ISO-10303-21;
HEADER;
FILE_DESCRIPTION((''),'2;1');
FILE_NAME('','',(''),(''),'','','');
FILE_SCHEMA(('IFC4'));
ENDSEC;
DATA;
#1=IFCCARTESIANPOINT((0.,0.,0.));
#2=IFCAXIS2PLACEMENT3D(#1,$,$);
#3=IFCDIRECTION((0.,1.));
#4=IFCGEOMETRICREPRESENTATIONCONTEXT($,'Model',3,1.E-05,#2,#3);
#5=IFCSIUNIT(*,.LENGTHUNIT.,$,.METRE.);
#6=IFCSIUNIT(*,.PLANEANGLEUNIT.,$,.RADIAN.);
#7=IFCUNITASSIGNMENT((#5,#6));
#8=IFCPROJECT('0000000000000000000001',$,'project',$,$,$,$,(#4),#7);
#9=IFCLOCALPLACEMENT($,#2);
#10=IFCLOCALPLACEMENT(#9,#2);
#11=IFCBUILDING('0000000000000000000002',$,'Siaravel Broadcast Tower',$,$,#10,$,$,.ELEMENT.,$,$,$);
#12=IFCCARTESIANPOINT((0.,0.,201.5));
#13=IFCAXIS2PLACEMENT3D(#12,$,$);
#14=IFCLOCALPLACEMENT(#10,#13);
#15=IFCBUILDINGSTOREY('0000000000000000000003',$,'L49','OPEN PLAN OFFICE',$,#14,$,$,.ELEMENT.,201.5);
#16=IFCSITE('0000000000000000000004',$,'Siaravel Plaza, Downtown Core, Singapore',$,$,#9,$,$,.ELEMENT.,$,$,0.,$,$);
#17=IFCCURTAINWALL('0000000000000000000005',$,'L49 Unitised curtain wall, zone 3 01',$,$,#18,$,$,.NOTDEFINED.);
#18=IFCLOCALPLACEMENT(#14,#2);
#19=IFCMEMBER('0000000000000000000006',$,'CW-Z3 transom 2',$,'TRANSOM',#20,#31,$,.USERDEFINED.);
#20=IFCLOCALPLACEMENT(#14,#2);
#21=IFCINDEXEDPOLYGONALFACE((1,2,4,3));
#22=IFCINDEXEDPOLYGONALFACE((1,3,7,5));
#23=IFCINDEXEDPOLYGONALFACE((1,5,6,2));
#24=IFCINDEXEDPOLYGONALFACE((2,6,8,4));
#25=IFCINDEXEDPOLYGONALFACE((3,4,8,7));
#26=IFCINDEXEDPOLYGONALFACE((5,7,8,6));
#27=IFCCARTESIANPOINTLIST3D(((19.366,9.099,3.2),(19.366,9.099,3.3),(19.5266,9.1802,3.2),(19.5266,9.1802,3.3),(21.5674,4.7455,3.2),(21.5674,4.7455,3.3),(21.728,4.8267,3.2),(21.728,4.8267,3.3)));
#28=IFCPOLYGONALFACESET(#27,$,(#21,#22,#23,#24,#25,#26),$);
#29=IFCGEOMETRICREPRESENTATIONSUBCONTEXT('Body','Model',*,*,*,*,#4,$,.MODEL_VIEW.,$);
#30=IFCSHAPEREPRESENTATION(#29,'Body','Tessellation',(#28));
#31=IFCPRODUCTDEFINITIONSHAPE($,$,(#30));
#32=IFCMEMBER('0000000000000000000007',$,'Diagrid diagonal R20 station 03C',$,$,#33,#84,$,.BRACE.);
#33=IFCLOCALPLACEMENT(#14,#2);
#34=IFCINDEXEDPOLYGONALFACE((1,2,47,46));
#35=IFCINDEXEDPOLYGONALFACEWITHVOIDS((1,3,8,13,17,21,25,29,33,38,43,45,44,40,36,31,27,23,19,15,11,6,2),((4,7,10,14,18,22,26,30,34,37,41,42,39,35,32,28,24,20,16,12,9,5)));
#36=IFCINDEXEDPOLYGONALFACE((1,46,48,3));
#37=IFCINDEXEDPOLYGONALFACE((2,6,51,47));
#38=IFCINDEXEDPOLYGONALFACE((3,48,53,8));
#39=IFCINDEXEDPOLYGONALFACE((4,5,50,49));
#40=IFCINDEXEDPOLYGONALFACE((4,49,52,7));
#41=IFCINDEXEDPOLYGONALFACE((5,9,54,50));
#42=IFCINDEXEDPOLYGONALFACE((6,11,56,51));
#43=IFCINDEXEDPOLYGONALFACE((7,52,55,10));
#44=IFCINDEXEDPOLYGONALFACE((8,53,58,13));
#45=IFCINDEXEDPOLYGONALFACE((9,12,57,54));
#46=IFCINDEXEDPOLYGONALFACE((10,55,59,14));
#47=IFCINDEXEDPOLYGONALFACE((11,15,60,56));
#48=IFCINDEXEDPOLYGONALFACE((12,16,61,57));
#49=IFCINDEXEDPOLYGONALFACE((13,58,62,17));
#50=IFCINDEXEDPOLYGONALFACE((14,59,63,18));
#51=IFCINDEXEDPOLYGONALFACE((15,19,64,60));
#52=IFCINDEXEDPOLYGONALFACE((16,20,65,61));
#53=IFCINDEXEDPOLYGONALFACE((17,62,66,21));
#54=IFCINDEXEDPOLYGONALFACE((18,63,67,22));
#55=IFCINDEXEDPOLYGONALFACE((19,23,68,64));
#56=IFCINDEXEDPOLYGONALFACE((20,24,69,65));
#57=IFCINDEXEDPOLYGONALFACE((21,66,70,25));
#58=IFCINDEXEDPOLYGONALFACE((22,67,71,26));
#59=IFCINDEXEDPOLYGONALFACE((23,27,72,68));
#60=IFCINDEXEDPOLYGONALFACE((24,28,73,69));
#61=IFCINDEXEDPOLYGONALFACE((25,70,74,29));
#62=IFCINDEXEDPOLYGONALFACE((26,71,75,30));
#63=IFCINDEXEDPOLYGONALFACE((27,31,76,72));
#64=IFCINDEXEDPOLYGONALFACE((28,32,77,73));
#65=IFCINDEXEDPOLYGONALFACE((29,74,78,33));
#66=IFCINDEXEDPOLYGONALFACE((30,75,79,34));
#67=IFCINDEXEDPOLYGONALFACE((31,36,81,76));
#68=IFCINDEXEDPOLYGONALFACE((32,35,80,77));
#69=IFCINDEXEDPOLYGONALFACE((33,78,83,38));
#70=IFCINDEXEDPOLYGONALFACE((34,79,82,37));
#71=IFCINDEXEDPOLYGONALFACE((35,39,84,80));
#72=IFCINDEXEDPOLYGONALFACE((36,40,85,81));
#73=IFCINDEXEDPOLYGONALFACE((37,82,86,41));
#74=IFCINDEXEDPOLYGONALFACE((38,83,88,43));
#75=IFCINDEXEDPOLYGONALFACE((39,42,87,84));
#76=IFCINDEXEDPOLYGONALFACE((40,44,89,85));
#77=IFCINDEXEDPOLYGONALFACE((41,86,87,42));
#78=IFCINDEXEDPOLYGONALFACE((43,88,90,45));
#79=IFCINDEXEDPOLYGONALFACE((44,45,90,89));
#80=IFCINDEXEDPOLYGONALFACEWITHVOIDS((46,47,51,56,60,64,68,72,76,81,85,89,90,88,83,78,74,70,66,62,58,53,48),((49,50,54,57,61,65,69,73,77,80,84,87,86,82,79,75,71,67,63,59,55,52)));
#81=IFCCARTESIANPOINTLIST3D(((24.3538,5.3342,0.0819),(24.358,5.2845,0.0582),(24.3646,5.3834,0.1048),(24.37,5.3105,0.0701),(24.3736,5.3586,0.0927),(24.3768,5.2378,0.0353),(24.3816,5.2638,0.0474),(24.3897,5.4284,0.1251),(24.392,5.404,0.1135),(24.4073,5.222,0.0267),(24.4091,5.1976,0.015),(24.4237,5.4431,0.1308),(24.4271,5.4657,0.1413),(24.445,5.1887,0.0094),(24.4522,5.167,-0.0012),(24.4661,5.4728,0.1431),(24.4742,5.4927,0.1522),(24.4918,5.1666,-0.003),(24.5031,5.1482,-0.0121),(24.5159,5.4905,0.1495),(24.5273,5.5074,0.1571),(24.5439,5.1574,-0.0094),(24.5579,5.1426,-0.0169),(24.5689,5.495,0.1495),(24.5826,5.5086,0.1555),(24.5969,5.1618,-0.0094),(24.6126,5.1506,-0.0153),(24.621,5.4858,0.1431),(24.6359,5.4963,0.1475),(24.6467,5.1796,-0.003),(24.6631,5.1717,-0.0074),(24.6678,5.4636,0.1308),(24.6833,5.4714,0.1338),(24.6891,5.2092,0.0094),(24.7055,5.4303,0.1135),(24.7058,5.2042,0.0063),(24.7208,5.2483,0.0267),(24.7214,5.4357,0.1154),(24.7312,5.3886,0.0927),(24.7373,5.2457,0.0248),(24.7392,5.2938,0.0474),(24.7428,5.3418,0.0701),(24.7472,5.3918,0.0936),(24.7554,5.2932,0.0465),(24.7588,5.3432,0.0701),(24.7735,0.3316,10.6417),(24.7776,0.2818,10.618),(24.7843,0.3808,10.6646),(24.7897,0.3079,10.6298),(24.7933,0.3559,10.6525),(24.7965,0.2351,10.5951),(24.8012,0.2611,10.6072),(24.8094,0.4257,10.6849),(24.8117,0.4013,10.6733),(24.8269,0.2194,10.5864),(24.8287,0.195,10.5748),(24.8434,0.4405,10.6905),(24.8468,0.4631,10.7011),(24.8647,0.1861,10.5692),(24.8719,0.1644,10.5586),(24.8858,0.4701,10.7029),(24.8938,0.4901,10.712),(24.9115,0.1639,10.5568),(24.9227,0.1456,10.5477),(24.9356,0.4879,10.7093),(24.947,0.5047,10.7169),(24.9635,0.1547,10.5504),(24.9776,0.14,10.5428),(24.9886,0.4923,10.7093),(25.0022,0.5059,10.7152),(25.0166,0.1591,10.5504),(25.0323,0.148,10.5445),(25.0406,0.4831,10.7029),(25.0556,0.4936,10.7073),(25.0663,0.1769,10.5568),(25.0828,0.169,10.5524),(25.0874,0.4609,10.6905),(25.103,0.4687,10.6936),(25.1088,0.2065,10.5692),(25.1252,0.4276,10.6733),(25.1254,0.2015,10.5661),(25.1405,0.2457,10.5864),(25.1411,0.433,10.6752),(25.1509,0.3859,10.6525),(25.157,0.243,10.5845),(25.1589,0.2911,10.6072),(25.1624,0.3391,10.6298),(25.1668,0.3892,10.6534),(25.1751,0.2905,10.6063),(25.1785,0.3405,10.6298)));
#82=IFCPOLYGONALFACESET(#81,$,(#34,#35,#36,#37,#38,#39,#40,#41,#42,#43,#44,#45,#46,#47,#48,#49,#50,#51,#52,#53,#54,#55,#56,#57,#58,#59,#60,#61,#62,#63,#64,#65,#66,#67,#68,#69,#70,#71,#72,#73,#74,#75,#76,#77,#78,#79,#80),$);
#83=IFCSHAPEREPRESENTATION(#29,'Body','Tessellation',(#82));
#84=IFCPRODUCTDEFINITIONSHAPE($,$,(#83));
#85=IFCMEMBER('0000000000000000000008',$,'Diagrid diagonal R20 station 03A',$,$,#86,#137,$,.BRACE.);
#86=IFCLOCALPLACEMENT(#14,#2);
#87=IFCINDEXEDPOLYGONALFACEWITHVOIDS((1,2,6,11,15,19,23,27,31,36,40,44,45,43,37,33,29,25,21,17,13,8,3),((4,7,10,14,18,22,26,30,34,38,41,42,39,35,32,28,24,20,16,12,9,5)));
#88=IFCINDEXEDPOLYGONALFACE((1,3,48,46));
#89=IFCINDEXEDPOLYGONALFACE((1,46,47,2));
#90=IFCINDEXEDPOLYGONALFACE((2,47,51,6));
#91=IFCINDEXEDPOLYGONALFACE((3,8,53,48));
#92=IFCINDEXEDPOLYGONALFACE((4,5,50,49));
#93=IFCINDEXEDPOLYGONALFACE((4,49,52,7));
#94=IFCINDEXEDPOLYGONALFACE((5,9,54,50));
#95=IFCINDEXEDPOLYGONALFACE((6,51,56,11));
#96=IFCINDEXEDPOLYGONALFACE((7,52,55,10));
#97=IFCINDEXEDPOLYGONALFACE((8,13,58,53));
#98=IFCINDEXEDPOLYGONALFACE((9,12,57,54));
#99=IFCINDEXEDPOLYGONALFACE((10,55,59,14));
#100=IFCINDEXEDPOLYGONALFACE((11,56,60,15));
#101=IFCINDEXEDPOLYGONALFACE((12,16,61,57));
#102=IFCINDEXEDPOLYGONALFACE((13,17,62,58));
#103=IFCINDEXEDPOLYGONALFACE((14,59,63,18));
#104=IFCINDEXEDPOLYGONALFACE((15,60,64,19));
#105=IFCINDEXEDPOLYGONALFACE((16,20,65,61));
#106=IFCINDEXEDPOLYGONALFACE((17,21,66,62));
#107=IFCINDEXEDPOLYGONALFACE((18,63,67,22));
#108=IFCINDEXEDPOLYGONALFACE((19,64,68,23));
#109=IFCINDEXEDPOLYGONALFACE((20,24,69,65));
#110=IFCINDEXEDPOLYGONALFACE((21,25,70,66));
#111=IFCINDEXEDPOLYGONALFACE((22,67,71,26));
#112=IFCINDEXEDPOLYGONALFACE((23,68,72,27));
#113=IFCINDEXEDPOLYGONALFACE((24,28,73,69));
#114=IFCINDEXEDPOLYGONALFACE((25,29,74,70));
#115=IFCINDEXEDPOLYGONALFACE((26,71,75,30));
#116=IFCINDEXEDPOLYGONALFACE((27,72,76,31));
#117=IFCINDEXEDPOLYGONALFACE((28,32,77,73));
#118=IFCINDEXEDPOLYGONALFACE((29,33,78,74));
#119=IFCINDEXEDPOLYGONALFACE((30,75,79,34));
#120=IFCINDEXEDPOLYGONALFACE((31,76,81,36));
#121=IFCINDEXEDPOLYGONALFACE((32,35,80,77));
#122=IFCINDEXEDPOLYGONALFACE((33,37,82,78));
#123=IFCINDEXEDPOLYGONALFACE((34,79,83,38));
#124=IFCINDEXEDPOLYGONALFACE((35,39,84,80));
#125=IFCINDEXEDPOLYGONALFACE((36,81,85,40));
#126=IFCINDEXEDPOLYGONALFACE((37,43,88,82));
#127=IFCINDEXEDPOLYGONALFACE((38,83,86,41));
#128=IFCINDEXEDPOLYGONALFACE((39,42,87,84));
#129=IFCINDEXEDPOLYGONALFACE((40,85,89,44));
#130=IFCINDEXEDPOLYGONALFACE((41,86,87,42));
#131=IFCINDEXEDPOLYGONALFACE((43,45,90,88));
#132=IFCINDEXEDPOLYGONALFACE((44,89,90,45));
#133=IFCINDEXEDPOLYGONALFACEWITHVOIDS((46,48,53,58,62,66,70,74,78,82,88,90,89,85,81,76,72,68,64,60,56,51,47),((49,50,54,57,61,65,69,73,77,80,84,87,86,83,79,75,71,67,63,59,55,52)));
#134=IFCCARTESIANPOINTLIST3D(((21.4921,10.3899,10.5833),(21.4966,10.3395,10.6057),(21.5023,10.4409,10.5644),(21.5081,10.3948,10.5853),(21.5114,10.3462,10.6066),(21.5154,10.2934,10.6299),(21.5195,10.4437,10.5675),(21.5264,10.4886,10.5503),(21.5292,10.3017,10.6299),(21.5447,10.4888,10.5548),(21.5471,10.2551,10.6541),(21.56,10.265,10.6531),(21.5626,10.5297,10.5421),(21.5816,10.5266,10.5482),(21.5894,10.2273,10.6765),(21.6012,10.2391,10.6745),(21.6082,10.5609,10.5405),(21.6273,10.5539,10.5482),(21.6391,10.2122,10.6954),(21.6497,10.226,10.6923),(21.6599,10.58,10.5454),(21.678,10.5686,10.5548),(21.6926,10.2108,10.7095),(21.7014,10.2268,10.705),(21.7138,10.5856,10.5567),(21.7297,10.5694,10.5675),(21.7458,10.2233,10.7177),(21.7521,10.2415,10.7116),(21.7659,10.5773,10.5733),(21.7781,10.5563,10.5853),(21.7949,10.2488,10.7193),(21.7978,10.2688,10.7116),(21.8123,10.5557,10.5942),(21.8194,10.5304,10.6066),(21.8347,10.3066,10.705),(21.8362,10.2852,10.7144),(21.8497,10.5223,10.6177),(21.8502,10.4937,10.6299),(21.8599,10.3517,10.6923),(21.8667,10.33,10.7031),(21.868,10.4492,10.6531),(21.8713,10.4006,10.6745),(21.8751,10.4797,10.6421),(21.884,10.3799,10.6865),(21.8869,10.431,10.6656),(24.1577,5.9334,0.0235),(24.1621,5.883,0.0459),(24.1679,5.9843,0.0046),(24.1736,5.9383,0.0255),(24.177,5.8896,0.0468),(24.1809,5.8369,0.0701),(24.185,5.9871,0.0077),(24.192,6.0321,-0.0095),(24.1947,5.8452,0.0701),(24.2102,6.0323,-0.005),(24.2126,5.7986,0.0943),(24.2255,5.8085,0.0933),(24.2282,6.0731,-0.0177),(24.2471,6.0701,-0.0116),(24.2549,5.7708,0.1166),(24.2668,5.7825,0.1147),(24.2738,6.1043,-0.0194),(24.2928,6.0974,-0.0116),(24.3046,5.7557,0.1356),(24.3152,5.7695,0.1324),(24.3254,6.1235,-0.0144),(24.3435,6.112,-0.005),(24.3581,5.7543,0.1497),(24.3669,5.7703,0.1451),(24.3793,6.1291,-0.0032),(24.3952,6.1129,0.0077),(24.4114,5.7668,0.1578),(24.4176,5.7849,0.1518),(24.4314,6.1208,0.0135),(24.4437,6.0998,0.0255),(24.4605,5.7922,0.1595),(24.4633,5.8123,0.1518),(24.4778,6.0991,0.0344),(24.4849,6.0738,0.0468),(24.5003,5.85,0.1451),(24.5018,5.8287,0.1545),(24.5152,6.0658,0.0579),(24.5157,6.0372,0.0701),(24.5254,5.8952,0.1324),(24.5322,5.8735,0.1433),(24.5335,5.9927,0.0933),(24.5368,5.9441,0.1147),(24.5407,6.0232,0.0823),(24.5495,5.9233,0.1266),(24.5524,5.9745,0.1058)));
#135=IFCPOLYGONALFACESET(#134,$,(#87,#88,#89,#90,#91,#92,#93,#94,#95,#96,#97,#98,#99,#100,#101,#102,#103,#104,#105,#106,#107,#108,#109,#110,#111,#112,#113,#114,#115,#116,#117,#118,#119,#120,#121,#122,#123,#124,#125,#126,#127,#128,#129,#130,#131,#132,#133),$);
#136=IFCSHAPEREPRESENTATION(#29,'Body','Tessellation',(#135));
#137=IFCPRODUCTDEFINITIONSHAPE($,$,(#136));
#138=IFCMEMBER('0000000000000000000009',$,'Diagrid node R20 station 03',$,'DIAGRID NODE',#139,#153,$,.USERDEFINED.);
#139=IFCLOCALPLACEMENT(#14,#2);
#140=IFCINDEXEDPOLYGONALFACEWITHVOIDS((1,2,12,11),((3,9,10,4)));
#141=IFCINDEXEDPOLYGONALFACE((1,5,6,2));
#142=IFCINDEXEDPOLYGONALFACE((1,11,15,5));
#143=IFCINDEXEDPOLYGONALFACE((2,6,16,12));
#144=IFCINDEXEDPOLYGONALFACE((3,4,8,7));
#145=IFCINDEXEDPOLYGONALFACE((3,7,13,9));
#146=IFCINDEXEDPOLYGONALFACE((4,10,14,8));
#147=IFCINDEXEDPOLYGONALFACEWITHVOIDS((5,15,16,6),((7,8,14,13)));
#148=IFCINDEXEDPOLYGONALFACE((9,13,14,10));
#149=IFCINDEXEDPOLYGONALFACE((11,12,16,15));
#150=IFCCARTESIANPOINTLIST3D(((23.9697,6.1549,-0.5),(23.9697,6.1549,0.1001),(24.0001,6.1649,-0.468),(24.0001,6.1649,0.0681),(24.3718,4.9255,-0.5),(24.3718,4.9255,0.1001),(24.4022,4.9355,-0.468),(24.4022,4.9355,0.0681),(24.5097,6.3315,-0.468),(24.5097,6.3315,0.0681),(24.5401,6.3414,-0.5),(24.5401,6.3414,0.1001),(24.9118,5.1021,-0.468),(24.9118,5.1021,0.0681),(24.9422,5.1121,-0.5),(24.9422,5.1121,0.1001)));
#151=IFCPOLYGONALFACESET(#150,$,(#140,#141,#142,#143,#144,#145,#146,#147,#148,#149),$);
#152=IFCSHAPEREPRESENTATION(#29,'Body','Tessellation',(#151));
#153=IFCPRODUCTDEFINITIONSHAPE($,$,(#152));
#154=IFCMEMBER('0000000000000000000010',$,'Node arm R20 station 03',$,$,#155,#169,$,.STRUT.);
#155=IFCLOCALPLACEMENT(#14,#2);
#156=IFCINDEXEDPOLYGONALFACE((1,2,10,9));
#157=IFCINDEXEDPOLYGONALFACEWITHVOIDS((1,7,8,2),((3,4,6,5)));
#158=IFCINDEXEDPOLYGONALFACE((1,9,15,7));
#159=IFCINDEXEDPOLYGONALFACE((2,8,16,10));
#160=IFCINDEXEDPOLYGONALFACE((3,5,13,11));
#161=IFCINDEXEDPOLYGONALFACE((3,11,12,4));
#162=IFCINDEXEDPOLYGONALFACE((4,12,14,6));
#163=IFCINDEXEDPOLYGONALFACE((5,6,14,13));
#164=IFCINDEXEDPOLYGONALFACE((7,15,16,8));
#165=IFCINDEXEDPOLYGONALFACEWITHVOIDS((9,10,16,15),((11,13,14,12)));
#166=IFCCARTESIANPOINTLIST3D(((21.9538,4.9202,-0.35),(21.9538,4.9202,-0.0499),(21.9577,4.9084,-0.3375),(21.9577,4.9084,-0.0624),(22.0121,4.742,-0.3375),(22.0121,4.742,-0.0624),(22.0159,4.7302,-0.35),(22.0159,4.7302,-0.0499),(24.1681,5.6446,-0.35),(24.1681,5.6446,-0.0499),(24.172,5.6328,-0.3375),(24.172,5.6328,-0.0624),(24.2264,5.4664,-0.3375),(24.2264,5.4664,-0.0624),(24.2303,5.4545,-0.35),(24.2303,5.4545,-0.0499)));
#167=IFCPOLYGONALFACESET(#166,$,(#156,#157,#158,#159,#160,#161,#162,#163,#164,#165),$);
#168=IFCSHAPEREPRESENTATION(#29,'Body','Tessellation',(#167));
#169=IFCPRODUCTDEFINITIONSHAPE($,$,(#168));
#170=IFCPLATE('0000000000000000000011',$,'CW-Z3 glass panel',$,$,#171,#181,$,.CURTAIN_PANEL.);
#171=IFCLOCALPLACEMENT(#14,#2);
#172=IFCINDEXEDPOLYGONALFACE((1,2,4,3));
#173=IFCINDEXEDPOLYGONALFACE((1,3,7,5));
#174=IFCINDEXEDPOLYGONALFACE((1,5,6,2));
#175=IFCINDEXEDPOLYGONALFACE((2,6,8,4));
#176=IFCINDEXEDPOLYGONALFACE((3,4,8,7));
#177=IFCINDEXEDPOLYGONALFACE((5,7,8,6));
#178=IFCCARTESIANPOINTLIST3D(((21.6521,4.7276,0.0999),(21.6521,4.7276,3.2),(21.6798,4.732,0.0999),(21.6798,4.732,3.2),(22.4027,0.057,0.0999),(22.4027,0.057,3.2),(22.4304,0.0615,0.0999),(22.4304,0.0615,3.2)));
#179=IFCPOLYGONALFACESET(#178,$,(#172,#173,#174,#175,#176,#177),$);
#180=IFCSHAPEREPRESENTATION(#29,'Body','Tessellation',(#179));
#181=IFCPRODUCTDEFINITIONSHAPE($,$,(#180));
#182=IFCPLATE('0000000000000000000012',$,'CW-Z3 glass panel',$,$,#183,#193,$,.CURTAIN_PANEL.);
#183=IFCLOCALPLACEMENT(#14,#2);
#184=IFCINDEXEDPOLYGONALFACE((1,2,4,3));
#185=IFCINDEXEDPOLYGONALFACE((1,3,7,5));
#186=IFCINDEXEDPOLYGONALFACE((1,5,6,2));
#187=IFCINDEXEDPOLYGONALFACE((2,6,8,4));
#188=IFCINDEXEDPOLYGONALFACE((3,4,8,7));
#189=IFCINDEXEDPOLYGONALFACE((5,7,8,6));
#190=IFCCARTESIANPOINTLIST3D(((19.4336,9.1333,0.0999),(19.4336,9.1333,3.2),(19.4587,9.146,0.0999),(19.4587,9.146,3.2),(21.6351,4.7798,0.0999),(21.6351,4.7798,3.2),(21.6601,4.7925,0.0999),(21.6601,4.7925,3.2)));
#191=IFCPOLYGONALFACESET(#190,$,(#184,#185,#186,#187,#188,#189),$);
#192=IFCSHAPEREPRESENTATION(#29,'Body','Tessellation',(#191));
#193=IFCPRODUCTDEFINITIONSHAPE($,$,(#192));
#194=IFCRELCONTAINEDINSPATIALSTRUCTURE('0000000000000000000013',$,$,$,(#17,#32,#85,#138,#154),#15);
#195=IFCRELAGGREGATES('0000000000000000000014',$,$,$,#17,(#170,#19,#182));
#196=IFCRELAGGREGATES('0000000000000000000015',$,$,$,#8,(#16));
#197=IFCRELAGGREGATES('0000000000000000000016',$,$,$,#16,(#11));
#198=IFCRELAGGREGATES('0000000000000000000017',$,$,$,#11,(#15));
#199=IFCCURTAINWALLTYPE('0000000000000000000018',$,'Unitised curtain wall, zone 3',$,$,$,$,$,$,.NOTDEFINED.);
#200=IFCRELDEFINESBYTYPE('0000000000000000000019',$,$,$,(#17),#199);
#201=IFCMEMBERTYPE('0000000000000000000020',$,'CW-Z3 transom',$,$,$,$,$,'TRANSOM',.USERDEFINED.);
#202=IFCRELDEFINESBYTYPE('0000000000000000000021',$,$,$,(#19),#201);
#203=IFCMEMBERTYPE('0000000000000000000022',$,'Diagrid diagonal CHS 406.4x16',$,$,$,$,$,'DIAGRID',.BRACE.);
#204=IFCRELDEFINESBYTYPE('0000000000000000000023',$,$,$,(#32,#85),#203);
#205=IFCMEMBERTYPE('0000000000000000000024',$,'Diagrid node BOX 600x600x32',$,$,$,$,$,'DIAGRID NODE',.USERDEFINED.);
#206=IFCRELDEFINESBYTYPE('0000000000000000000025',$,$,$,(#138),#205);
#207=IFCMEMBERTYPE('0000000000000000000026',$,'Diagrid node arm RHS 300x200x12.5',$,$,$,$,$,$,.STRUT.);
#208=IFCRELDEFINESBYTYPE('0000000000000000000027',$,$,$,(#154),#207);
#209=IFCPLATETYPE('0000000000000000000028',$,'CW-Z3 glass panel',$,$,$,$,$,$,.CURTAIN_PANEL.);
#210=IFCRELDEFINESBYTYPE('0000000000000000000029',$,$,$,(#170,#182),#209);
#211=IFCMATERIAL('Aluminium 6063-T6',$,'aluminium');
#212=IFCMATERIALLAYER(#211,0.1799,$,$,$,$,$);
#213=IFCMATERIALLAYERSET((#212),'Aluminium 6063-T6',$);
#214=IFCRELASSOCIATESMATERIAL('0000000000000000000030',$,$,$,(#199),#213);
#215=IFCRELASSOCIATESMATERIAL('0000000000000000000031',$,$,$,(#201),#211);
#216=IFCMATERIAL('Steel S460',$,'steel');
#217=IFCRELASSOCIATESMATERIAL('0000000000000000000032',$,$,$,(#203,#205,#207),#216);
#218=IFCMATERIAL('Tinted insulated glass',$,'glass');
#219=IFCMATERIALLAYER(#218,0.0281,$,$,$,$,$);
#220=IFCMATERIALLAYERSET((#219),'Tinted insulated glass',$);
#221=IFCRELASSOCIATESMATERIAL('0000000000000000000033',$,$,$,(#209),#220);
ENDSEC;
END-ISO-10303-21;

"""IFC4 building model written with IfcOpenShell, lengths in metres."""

from ifc_helpers import new_model, si_unit, direction, frame, origin, origin_2d, place, context, subcontext, project, spatial, rectangle, hollow_rectangle, hollow_circle, extrude, material, layer, layer_set, material_profile, profile_set, type_object, element, aggregate, save


model = new_model("IFC4")

# Units and contexts
model_context = context("Model", 3, precision=1e-05, world=origin(), true_north=direction((0.0, 1.0)))
body_context = subcontext(model_context, "Body", "Model", "MODEL_VIEW")
ifc_project = project(units=[si_unit("LENGTHUNIT", "METRE"), si_unit("PLANEANGLEUNIT", "RADIAN")], contexts=[model_context])

# Site, building, storey
site_placement = place(None, origin())
site = spatial("IfcSite", under=ifc_project, at=site_placement, Name="Siaravel Plaza, Downtown Core, Singapore", CompositionType="ELEMENT", RefElevation=0.0)
building_placement = place(site_placement, origin())
building = spatial("IfcBuilding", under=site, at=building_placement, Name="Siaravel Broadcast Tower", CompositionType="ELEMENT")
storey_placement = place(building_placement, frame((0.0, 0.0, 201.5)))
storey = spatial("IfcBuildingStorey", under=building, at=storey_placement, Name="L49", Description="OPEN PLAN OFFICE", CompositionType="ELEMENT", Elevation=201.5)

# Curtain wall, member
ifc_material_1 = material(Name="Aluminium 6063-T6", Category="aluminium")
ifc_layer_1 = layer(ifc_material_1, 0.1799)
ifc_layer_set_1 = layer_set([ifc_layer_1], Name="Aluminium 6063-T6")
curtain_wall_type = type_object("IfcCurtainWallType", Name="Unitised curtain wall, zone 3", PredefinedType="NOTDEFINED", material=ifc_layer_set_1)
curtain_wall_placement = place(storey_placement, origin())
curtain_wall = element("IfcCurtainWall", 1, at=curtain_wall_placement, inside=storey, type_object=curtain_wall_type, Name="L49 Unitised curtain wall, zone 3 01", PredefinedType="NOTDEFINED")
ifc_material_profile_1 = material_profile(ifc_material_1, rectangle(XDim=0.1799, YDim=0.1001, at=origin_2d()))
ifc_profile_set_1 = profile_set([ifc_material_profile_1], Name="Aluminium 6063-T6")
member_type_1 = type_object("IfcMemberType", Name="CW-Z3 transom", ElementType="TRANSOM", PredefinedType="USERDEFINED", material=ifc_profile_set_1)
member_1_placement = place(storey_placement, frame((21.6477, 4.7861, 3.25), z_axis=(-0.451253, 0.892396, 0.0), x_axis=(-0.892396, -0.451253, 0.0)))
member_1 = element("IfcMember", 2, at=member_1_placement, type_object=member_type_1, Name="CW-Z3 transom 2", ObjectType="TRANSOM", PredefinedType="USERDEFINED", context=body_context, shape_type="SweptSolid", body=[
    extrude(rectangle(XDim=0.1799, YDim=0.1001, at=origin_2d()), origin(), (0.0, 0.0, 1.0), 4.8784),
])

# Members
ifc_material_2 = material(Name="Steel S460", Category="steel")
ifc_material_profile_2 = material_profile(ifc_material_2, hollow_circle(Radius=0.2031, WallThickness=0.0161, at=origin_2d()))
ifc_profile_set_2 = profile_set([ifc_material_profile_2], Name="Steel S460")
member_type_2 = type_object("IfcMemberType", Name="Diagrid diagonal CHS 406.4x16", ElementType="DIAGRID", PredefinedType="BRACE", material=ifc_profile_set_2)
member_2_placement = place(storey_placement, frame((24.5564, 5.3262, 0.0701), z_axis=(0.035893, -0.427857, 0.903133), x_axis=(0.9965, 0.083597, 0.0)))
element("IfcMember", 3, at=member_2_placement, inside=storey, type_object=member_type_2, Name="Diagrid diagonal R20 station 03C", PredefinedType="BRACE", context=body_context, shape_type="SweptSolid", body=[
    extrude(hollow_circle(Radius=0.2031, WallThickness=0.0161, at=origin_2d()), origin(), (0.0, 0.0, 1.0), 11.6924),
])
member_3_placement = place(storey_placement, frame((24.3552, 5.9412, 0.0701), z_axis=(-0.226515, 0.378714, 0.897366), x_axis=(-0.858206, -0.513306, 0.0)))
element("IfcMember", 4, at=member_3_placement, inside=storey, type_object=member_type_2, Name="Diagrid diagonal R20 station 03A", PredefinedType="BRACE", context=body_context, shape_type="SweptSolid", body=[
    extrude(hollow_circle(Radius=0.2031, WallThickness=0.0161, at=origin_2d()), origin(), (0.0, 0.0, 1.0), 11.7676),
])
ifc_material_profile_3 = material_profile(ifc_material_2, hollow_rectangle(XDim=0.6001, YDim=0.6001, WallThickness=0.032, at=origin_2d()))
ifc_profile_set_3 = profile_set([ifc_material_profile_3], Name="Steel S460")
member_type_3 = type_object("IfcMemberType", Name="Diagrid node BOX 600x600x32", ElementType="DIAGRID NODE", PredefinedType="USERDEFINED", material=ifc_profile_set_3)
member_4_placement = place(storey_placement, frame((24.657, 5.0188, -0.2), z_axis=(-0.310844, 0.950461, 0.0), x_axis=(-0.950461, -0.310844, 0.0)))
element("IfcMember", 5, at=member_4_placement, inside=storey, type_object=member_type_3, Name="Diagrid node R20 station 03", ObjectType="DIAGRID NODE", PredefinedType="USERDEFINED", context=body_context, shape_type="SweptSolid", body=[
    extrude(hollow_rectangle(XDim=0.6001, YDim=0.6001, WallThickness=0.032, at=origin_2d()), origin(), (0.0, 0.0, 1.0), 1.2935),
])
ifc_material_profile_4 = material_profile(ifc_material_2, hollow_rectangle(XDim=0.2, YDim=0.3, WallThickness=0.0125, at=origin_2d()))
ifc_profile_set_4 = profile_set([ifc_material_profile_4], Name="Steel S460")
member_type_4 = type_object("IfcMemberType", Name="Diagrid node arm RHS 300x200x12.5", PredefinedType="STRUT", material=ifc_profile_set_4)
member_5_placement = place(storey_placement, frame((21.9849, 4.8252, -0.2), z_axis=(0.950439, 0.31091, 0.0), x_axis=(-0.31091, 0.950439, 0.0)))
element("IfcMember", 6, at=member_5_placement, inside=storey, type_object=member_type_4, Name="Node arm R20 station 03", PredefinedType="STRUT", context=body_context, shape_type="SweptSolid", body=[
    extrude(hollow_rectangle(XDim=0.2, YDim=0.3, WallThickness=0.0125, at=origin_2d()), origin(), (0.0, 0.0, 1.0), 2.3298),
])

# Plates
ifc_material_3 = material(Name="Tinted insulated glass", Category="glass")
ifc_layer_2 = layer(ifc_material_3, 0.0281)
ifc_layer_set_2 = layer_set([ifc_layer_2], Name="Tinted insulated glass")
plate_type = type_object("IfcPlateType", Name="CW-Z3 glass panel", PredefinedType="CURTAIN_PANEL", material=ifc_layer_set_2)
plate_1_placement = place(storey_placement, frame((22.0413, 2.3945, 0.0999), z_axis=(0.0, 0.0, 1.0), x_axis=(-0.158685, 0.987329, 0.0)))
plate_1 = element("IfcPlate", 7, at=plate_1_placement, type_object=plate_type, Name="CW-Z3 glass panel", PredefinedType="CURTAIN_PANEL", context=body_context, shape_type="SweptSolid", body=[
    extrude(rectangle(XDim=4.7305, YDim=0.0281, at=origin_2d()), origin(), (0.0, 0.0, 1.0), 3.1001),
])
plate_2_placement = place(storey_placement, frame((20.5469, 6.9629, 0.0999), z_axis=(0.0, 0.0, 1.0), x_axis=(-0.451259, 0.892393, 0.0)))
plate_2 = element("IfcPlate", 8, at=plate_2_placement, type_object=plate_type, Name="CW-Z3 glass panel", PredefinedType="CURTAIN_PANEL", context=body_context, shape_type="SweptSolid", body=[
    extrude(rectangle(XDim=4.8784, YDim=0.0281, at=origin_2d()), origin(), (0.0, 0.0, 1.0), 3.1001),
])
aggregate(curtain_wall, [plate_1, member_1, plate_2])

save(model, "model.ifc")
